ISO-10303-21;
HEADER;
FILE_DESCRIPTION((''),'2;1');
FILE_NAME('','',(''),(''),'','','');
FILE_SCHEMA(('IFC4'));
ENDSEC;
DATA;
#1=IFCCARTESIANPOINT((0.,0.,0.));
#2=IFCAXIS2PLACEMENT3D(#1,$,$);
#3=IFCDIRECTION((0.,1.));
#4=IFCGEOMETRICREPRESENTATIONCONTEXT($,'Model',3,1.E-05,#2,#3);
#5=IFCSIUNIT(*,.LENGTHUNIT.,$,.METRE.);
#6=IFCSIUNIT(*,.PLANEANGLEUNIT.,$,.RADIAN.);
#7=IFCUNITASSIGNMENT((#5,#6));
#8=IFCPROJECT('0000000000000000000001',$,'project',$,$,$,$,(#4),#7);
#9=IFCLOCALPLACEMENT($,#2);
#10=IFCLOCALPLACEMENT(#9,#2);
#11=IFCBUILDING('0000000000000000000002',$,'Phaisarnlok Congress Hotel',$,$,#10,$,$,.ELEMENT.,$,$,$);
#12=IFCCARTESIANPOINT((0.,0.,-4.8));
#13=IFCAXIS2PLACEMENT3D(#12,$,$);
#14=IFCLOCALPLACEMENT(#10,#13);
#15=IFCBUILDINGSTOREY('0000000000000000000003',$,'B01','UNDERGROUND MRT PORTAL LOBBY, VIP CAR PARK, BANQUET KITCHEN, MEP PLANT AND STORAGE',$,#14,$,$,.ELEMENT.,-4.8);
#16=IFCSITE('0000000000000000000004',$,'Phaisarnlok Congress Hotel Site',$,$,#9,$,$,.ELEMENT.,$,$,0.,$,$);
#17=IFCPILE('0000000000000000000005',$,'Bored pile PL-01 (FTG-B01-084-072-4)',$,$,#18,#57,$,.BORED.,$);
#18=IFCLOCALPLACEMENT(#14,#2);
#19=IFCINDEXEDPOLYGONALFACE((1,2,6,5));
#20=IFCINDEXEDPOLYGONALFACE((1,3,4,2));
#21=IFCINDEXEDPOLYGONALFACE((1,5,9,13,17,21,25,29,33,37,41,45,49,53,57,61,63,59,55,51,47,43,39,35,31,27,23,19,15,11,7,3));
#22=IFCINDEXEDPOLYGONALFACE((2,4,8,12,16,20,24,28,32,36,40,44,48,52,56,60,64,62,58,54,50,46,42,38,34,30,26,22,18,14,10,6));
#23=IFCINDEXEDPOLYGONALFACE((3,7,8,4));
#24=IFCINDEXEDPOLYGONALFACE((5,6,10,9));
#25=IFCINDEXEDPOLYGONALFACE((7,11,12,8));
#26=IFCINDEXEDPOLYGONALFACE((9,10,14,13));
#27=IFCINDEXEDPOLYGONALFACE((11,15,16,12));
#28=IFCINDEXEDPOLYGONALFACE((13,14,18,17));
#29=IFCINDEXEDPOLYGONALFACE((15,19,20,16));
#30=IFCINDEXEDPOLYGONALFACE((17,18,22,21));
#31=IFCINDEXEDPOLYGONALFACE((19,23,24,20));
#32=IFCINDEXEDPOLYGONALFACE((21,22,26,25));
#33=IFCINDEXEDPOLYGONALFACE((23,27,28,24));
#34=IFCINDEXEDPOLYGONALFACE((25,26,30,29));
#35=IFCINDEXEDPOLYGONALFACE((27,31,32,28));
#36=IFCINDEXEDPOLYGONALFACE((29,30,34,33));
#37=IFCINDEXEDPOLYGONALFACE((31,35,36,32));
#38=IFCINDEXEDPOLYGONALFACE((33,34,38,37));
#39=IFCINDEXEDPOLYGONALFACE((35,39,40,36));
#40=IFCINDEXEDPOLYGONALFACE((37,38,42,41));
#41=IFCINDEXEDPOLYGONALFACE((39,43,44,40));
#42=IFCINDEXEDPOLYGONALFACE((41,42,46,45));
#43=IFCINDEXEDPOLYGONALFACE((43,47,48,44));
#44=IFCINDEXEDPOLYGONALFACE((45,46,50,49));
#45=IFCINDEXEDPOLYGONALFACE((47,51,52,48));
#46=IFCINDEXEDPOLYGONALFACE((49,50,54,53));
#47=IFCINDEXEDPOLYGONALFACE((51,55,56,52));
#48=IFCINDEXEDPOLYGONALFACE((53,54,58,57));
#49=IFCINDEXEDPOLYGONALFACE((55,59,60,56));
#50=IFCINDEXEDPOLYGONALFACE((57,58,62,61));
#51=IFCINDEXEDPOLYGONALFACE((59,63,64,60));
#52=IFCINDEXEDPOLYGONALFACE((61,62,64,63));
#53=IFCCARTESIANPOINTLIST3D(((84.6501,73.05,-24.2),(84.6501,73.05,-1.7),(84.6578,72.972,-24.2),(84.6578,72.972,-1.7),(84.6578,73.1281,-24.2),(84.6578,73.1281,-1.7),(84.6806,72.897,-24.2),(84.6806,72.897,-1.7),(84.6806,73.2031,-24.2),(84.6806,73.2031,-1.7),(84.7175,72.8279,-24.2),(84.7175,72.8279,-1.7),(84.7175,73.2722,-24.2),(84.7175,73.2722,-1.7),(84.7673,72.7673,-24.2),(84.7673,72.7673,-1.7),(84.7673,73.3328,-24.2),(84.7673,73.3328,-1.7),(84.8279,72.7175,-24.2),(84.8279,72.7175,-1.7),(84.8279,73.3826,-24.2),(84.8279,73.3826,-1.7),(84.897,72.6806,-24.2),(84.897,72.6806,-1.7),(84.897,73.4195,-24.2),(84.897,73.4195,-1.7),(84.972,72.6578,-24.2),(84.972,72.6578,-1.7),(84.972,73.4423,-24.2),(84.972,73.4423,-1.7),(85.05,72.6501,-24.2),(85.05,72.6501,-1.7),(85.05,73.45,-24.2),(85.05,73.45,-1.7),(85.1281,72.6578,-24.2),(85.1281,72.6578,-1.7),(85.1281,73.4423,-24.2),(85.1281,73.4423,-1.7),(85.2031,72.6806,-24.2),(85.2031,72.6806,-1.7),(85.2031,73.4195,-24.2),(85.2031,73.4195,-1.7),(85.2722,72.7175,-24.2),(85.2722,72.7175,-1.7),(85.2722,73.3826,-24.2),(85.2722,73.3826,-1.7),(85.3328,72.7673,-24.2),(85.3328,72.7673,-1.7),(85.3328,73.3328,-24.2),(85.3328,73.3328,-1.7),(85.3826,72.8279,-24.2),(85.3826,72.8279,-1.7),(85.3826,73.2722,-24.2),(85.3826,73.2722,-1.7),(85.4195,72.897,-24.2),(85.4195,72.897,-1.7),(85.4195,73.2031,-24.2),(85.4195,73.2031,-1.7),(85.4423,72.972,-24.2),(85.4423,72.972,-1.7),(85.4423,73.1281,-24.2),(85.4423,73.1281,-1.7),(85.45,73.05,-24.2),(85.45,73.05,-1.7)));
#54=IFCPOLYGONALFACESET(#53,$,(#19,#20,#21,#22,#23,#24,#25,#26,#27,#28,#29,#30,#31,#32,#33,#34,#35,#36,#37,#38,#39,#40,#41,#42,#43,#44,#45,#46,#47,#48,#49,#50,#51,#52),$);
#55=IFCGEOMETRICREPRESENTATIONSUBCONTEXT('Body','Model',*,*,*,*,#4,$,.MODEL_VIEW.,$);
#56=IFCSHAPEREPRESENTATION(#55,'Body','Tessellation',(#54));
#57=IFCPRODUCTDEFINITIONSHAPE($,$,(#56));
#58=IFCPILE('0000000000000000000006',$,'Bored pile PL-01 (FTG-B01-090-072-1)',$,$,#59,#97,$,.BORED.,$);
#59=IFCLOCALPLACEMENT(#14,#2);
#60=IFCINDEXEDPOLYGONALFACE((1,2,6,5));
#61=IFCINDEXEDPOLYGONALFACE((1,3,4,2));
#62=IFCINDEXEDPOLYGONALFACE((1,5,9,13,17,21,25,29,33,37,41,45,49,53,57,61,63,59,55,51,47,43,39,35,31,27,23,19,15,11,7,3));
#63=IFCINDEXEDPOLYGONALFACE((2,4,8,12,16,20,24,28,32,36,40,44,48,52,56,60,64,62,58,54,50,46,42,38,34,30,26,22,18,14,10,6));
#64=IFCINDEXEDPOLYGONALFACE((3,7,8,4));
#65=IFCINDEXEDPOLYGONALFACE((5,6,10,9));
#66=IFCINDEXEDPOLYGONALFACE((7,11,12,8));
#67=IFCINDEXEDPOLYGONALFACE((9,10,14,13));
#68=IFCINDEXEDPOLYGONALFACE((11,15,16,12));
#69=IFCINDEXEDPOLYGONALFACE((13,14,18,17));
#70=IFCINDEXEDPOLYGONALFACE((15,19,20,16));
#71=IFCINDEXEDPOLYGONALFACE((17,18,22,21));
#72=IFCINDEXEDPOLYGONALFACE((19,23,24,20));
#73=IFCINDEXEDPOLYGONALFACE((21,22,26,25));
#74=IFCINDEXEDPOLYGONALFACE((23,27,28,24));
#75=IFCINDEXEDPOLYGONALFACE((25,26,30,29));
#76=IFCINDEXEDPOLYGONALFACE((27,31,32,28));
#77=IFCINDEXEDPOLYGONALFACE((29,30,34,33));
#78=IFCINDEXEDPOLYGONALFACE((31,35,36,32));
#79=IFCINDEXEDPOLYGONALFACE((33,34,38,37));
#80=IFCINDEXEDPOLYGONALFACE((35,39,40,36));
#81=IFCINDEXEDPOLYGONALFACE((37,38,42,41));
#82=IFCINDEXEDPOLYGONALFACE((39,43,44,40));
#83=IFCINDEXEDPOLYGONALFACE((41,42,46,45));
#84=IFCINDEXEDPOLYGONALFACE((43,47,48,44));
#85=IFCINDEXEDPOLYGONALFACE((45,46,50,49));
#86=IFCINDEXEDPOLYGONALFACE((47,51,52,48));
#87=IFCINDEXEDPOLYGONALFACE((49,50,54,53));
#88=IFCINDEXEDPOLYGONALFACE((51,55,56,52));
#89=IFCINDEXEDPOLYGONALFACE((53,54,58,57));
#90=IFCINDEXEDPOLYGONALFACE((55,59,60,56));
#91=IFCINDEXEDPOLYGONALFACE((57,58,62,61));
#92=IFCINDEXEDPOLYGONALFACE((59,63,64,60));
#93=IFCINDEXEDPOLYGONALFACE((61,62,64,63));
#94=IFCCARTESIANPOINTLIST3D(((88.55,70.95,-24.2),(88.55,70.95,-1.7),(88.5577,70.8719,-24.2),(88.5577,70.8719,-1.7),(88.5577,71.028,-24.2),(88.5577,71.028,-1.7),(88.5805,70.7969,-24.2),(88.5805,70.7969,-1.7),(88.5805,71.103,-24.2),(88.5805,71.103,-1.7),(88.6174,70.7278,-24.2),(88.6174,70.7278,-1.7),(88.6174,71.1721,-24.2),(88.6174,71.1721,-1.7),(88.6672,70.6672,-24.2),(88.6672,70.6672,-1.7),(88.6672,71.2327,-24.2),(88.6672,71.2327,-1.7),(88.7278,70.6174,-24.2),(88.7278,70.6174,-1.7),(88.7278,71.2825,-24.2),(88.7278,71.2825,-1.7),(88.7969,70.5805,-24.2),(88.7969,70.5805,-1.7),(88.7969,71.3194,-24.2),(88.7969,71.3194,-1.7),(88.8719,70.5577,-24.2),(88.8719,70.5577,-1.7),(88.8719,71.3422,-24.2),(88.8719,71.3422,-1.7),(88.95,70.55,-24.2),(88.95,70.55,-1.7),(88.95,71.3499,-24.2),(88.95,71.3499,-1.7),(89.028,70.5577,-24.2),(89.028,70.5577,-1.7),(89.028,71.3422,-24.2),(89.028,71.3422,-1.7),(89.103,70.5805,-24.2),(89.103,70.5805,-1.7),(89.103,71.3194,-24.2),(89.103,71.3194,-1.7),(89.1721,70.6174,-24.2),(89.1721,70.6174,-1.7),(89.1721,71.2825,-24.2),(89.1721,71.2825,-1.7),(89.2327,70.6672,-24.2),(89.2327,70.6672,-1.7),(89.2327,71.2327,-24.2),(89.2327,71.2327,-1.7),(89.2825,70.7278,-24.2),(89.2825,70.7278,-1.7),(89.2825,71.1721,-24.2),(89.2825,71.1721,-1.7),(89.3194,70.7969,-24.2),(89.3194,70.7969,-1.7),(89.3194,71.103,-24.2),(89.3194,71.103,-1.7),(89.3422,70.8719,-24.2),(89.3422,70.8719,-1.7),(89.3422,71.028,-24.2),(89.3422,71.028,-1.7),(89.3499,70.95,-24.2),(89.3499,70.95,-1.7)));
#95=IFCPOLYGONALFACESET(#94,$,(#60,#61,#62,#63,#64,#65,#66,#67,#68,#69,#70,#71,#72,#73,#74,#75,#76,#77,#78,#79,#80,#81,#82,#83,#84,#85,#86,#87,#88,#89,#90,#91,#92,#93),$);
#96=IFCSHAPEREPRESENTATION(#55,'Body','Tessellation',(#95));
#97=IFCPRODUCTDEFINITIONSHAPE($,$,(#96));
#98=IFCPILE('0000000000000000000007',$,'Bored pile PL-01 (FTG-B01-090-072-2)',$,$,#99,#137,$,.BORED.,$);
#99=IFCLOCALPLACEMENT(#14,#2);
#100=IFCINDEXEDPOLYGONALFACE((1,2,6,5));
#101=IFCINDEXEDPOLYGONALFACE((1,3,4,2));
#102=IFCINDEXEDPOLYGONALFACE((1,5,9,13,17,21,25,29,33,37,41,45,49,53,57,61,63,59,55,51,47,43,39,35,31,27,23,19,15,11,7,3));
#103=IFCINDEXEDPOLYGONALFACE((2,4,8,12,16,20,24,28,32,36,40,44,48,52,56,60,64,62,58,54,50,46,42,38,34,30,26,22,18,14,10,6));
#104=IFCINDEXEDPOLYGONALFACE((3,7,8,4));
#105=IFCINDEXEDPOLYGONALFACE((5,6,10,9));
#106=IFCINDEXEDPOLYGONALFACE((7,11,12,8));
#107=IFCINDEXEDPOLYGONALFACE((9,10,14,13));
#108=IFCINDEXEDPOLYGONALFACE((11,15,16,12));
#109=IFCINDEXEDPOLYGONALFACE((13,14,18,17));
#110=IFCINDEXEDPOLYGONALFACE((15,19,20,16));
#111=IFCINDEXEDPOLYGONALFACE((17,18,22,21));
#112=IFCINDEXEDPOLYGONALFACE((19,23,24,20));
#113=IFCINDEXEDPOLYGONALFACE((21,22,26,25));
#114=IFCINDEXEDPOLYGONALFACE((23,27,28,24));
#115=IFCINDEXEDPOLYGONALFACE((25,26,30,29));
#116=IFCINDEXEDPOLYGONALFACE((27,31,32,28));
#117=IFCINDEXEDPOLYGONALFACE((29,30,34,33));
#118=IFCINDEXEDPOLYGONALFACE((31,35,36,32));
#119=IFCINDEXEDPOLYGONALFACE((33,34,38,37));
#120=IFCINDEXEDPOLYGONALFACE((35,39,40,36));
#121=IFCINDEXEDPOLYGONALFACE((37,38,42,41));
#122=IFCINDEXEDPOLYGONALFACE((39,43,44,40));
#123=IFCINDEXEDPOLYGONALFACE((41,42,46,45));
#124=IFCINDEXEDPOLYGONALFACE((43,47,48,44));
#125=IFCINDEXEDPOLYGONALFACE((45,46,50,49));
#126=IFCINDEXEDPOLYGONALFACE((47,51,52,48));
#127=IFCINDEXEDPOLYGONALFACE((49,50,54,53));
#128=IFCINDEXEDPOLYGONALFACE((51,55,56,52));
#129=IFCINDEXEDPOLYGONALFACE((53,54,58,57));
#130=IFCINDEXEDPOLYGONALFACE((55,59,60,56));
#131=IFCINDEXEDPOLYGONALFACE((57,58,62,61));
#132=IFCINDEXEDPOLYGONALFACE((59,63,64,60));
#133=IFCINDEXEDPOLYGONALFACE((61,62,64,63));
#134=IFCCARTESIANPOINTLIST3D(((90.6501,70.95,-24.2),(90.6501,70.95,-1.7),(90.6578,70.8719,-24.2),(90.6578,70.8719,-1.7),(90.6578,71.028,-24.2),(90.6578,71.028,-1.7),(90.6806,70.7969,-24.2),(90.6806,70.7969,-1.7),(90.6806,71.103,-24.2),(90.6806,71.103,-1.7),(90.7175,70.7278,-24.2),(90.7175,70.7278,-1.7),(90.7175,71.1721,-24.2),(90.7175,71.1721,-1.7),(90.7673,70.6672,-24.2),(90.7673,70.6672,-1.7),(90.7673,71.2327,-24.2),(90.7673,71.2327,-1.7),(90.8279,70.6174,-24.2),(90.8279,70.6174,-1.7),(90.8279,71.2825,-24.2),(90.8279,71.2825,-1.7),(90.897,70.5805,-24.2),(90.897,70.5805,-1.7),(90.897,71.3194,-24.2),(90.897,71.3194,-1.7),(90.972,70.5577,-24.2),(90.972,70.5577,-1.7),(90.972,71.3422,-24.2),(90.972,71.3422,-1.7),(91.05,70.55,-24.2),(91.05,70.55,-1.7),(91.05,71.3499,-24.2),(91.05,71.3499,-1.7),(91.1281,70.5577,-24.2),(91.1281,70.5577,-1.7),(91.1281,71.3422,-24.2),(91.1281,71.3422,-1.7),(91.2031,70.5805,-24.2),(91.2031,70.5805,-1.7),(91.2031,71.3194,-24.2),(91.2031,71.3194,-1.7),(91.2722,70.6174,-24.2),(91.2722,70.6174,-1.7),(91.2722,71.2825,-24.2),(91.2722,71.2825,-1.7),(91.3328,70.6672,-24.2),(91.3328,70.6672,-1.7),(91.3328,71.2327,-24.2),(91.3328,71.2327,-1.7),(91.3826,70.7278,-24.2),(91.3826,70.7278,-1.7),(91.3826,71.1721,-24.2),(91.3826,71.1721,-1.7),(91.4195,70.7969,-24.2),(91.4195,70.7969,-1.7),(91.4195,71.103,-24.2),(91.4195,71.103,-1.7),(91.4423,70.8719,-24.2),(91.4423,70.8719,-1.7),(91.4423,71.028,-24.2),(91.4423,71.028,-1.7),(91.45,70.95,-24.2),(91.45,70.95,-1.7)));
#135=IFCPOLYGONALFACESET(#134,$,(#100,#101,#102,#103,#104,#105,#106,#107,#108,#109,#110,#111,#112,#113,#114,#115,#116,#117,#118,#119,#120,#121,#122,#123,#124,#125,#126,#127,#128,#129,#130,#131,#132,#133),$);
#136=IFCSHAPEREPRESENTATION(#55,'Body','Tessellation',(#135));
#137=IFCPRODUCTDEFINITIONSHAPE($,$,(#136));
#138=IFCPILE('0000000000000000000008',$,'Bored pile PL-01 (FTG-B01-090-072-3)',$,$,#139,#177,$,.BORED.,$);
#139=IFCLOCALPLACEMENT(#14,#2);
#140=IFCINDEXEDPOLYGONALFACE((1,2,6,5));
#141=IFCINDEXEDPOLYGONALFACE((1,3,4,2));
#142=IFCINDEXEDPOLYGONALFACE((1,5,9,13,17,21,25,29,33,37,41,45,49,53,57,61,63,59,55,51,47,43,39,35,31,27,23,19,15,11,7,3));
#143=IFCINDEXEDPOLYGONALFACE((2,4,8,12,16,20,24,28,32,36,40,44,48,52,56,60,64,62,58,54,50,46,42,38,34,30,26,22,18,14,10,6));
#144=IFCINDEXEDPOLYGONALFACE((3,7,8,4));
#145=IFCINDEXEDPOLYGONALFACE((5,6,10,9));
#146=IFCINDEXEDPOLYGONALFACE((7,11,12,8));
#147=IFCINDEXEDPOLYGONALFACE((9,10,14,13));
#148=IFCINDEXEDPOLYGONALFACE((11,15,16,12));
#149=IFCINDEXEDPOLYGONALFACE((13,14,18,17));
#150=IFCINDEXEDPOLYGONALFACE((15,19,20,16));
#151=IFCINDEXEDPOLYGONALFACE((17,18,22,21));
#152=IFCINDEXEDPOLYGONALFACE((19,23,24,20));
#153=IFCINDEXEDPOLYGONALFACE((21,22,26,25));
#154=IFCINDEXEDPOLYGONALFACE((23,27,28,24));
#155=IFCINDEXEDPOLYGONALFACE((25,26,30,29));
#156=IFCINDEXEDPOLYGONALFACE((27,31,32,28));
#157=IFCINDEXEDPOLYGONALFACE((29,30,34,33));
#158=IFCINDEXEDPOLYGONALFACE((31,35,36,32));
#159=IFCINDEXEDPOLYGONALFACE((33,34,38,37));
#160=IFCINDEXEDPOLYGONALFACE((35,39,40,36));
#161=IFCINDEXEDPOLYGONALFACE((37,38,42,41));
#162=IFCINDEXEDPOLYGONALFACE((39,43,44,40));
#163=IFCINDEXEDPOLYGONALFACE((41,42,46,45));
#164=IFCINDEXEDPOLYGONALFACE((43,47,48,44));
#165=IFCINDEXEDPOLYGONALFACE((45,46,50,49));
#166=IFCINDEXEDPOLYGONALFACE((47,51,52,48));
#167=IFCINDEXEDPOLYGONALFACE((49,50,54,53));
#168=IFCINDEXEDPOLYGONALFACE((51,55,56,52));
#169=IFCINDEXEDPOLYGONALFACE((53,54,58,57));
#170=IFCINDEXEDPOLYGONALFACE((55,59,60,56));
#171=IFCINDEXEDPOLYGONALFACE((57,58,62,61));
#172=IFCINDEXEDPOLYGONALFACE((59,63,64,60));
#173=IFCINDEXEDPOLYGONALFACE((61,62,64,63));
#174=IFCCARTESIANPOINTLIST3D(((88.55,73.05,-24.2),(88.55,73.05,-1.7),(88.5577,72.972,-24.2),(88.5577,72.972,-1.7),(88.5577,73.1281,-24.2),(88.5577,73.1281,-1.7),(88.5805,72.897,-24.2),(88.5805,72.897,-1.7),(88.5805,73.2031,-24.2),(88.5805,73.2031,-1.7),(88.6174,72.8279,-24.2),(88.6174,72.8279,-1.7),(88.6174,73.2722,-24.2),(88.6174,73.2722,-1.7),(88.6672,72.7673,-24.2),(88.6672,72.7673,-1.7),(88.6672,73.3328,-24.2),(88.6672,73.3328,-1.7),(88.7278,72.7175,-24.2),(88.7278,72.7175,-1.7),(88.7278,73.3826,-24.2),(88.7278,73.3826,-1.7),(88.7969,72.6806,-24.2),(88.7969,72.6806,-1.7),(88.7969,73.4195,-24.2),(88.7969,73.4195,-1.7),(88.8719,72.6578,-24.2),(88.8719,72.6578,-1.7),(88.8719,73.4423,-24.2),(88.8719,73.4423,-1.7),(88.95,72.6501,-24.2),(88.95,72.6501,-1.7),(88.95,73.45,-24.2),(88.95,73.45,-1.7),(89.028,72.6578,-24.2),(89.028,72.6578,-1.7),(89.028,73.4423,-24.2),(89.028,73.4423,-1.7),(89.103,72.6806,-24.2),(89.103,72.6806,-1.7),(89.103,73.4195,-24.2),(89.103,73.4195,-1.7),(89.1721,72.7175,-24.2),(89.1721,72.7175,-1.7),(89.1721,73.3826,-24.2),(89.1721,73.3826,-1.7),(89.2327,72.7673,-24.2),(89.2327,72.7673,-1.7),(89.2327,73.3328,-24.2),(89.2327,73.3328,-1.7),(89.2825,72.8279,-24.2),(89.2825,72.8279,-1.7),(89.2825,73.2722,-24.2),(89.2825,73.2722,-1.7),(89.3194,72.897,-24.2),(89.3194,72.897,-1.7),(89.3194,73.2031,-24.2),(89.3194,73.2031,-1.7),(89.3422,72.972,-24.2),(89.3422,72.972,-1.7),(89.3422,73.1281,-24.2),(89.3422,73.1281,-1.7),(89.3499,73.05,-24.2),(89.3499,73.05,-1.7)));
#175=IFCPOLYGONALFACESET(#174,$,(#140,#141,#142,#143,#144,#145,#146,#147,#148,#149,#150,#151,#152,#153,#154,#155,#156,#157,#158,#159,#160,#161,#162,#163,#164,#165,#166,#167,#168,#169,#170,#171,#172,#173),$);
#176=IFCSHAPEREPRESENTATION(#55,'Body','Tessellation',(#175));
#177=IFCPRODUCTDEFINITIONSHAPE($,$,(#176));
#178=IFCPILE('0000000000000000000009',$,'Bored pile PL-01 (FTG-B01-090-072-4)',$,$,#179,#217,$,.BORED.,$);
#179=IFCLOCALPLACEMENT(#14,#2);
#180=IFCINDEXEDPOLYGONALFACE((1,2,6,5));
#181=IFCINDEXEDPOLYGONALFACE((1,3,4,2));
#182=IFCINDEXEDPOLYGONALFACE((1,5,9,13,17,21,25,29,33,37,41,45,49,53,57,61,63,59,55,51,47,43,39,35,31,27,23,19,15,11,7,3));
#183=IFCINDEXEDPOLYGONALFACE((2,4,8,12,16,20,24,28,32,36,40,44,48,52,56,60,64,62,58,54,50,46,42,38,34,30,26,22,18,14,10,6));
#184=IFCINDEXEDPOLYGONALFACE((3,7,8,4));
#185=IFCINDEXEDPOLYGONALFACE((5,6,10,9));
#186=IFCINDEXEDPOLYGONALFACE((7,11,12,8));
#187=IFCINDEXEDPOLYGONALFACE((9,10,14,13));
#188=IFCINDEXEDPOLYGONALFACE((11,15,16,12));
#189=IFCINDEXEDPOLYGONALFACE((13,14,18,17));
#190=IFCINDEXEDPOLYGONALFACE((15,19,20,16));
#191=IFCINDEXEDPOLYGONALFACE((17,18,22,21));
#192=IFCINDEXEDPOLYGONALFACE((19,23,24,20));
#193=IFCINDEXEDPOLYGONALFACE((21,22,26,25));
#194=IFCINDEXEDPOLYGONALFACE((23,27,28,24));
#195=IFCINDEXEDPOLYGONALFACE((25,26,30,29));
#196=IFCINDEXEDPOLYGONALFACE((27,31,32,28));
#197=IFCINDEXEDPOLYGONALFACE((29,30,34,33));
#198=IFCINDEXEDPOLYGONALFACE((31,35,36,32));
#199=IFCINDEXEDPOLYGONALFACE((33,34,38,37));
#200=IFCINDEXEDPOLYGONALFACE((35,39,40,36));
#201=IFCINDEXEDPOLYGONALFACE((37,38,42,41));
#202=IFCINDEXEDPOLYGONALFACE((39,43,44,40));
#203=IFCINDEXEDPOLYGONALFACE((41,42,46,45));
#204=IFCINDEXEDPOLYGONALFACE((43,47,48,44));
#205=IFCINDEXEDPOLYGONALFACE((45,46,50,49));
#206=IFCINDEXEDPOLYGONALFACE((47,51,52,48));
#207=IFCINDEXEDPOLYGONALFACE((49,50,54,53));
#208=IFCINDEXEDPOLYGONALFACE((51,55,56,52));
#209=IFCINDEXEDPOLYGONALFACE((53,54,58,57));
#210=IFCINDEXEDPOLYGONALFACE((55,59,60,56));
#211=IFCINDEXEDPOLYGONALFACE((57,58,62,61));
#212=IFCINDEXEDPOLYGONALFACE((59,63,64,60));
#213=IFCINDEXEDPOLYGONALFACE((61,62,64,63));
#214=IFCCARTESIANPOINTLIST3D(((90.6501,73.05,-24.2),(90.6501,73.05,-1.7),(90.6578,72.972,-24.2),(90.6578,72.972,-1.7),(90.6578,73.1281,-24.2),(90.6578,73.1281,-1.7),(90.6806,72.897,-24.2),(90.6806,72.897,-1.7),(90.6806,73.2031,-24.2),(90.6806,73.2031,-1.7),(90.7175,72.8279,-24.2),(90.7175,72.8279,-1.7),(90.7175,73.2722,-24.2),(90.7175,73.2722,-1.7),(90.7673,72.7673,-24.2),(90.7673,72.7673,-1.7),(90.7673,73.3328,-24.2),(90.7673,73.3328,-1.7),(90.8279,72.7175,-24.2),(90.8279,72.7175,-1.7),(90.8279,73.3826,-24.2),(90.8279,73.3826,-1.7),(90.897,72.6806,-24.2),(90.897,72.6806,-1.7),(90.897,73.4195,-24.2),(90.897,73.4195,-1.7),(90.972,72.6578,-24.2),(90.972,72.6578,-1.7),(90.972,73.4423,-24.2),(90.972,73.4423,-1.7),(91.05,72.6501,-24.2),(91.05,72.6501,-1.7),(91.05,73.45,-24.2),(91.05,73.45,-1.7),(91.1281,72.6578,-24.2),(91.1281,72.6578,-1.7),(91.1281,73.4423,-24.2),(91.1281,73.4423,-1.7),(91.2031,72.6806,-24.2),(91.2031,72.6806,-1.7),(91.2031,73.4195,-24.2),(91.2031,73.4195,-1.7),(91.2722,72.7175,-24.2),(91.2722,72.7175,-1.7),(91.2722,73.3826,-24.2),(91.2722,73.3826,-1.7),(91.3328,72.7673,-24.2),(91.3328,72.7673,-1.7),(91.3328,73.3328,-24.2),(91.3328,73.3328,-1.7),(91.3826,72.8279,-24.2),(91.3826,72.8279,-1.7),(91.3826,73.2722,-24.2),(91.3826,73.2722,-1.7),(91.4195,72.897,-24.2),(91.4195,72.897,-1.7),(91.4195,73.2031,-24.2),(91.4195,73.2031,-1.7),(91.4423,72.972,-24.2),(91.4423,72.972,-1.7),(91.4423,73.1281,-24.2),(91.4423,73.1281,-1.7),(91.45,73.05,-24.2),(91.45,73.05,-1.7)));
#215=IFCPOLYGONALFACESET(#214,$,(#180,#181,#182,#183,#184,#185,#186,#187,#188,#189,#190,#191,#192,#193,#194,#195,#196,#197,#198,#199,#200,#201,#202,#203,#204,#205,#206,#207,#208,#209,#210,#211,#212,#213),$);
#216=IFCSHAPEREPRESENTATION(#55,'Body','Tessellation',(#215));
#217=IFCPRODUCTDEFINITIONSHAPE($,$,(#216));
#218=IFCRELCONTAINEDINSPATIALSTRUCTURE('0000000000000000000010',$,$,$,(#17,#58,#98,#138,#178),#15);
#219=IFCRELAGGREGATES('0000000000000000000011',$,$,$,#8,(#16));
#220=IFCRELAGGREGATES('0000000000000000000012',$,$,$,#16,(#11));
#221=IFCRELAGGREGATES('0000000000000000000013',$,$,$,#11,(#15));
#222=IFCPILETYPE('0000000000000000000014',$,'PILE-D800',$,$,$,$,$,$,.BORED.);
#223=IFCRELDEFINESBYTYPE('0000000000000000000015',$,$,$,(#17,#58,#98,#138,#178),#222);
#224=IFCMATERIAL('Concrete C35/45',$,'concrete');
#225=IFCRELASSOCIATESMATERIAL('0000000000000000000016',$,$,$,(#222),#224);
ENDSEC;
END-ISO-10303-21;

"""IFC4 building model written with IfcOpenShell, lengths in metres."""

from ifc_helpers import new_model, si_unit, direction, frame, origin, origin_2d, place, context, subcontext, project, spatial, circle, extrude, material, material_profile, profile_set, type_object, element, save


model = new_model("IFC4")

# Units and contexts
model_context = context("Model", 3, precision=1e-05, world=origin(), true_north=direction((0.0, 1.0)))
body_context = subcontext(model_context, "Body", "Model", "MODEL_VIEW")
ifc_project = project(units=[si_unit("LENGTHUNIT", "METRE"), si_unit("PLANEANGLEUNIT", "RADIAN")], contexts=[model_context])

# Site, building, storey
site_placement = place(None, origin())
site = spatial("IfcSite", under=ifc_project, at=site_placement, Name="Phaisarnlok Congress Hotel Site", CompositionType="ELEMENT", RefElevation=0.0)
building_placement = place(site_placement, origin())
building = spatial("IfcBuilding", under=site, at=building_placement, Name="Phaisarnlok Congress Hotel", CompositionType="ELEMENT")
storey_placement = place(building_placement, frame((0.0, 0.0, -4.8)))
storey = spatial("IfcBuildingStorey", under=building, at=storey_placement, Name="B01", Description="UNDERGROUND MRT PORTAL LOBBY, VIP CAR PARK, BANQUET KITCHEN, MEP PLANT AND STORAGE", CompositionType="ELEMENT", Elevation=-4.8)

# Piles
ifc_material_1 = material(Name="Concrete C35/45", Category="concrete")
ifc_material_profile_1 = material_profile(ifc_material_1, circle(Radius=0.3999, at=origin_2d()), Name="BORED PILE D800")
ifc_profile_set_1 = profile_set([ifc_material_profile_1], Name="Concrete C35/45")
pile_type_1 = type_object("IfcPileType", Name="PILE-D800", PredefinedType="BORED", material=ifc_profile_set_1)
for number, where, z_axis, x_axis, name in (
    (1, (85.05, 73.05, -1.7), (0.0, 0.0, -1.0), (1.0, 0.0, 0.0), "Bored pile PL-01 (FTG-B01-084-072-4)"),
    (2, (88.95, 70.95, -1.7), (0.0, 0.0, -1.0), (1.0, 0.0, 0.0), "Bored pile PL-01 (FTG-B01-090-072-1)"),
    (3, (91.05, 70.95, -1.7), (0.0, 0.0, -1.0), (1.0, 0.0, 0.0), "Bored pile PL-01 (FTG-B01-090-072-2)"),
    (4, (88.95, 73.05, -1.7), (0.0, 0.0, -1.0), (1.0, 0.0, 0.0), "Bored pile PL-01 (FTG-B01-090-072-3)"),
    (5, (91.05, 73.05, -1.7), (0.0, 0.0, -1.0), (1.0, 0.0, 0.0), "Bored pile PL-01 (FTG-B01-090-072-4)"),
):
    element("IfcPile", number, at=place(storey_placement, frame(where, z_axis=z_axis, x_axis=x_axis)), inside=storey, type_object=pile_type_1, Name=name, PredefinedType="BORED", context=body_context, shape_type="SweptSolid", body=[
        extrude(circle(Radius=0.3999, at=origin_2d()), origin(), (0.0, 0.0, 1.0), 22.5),
    ])

save(model, "model.ifc")
